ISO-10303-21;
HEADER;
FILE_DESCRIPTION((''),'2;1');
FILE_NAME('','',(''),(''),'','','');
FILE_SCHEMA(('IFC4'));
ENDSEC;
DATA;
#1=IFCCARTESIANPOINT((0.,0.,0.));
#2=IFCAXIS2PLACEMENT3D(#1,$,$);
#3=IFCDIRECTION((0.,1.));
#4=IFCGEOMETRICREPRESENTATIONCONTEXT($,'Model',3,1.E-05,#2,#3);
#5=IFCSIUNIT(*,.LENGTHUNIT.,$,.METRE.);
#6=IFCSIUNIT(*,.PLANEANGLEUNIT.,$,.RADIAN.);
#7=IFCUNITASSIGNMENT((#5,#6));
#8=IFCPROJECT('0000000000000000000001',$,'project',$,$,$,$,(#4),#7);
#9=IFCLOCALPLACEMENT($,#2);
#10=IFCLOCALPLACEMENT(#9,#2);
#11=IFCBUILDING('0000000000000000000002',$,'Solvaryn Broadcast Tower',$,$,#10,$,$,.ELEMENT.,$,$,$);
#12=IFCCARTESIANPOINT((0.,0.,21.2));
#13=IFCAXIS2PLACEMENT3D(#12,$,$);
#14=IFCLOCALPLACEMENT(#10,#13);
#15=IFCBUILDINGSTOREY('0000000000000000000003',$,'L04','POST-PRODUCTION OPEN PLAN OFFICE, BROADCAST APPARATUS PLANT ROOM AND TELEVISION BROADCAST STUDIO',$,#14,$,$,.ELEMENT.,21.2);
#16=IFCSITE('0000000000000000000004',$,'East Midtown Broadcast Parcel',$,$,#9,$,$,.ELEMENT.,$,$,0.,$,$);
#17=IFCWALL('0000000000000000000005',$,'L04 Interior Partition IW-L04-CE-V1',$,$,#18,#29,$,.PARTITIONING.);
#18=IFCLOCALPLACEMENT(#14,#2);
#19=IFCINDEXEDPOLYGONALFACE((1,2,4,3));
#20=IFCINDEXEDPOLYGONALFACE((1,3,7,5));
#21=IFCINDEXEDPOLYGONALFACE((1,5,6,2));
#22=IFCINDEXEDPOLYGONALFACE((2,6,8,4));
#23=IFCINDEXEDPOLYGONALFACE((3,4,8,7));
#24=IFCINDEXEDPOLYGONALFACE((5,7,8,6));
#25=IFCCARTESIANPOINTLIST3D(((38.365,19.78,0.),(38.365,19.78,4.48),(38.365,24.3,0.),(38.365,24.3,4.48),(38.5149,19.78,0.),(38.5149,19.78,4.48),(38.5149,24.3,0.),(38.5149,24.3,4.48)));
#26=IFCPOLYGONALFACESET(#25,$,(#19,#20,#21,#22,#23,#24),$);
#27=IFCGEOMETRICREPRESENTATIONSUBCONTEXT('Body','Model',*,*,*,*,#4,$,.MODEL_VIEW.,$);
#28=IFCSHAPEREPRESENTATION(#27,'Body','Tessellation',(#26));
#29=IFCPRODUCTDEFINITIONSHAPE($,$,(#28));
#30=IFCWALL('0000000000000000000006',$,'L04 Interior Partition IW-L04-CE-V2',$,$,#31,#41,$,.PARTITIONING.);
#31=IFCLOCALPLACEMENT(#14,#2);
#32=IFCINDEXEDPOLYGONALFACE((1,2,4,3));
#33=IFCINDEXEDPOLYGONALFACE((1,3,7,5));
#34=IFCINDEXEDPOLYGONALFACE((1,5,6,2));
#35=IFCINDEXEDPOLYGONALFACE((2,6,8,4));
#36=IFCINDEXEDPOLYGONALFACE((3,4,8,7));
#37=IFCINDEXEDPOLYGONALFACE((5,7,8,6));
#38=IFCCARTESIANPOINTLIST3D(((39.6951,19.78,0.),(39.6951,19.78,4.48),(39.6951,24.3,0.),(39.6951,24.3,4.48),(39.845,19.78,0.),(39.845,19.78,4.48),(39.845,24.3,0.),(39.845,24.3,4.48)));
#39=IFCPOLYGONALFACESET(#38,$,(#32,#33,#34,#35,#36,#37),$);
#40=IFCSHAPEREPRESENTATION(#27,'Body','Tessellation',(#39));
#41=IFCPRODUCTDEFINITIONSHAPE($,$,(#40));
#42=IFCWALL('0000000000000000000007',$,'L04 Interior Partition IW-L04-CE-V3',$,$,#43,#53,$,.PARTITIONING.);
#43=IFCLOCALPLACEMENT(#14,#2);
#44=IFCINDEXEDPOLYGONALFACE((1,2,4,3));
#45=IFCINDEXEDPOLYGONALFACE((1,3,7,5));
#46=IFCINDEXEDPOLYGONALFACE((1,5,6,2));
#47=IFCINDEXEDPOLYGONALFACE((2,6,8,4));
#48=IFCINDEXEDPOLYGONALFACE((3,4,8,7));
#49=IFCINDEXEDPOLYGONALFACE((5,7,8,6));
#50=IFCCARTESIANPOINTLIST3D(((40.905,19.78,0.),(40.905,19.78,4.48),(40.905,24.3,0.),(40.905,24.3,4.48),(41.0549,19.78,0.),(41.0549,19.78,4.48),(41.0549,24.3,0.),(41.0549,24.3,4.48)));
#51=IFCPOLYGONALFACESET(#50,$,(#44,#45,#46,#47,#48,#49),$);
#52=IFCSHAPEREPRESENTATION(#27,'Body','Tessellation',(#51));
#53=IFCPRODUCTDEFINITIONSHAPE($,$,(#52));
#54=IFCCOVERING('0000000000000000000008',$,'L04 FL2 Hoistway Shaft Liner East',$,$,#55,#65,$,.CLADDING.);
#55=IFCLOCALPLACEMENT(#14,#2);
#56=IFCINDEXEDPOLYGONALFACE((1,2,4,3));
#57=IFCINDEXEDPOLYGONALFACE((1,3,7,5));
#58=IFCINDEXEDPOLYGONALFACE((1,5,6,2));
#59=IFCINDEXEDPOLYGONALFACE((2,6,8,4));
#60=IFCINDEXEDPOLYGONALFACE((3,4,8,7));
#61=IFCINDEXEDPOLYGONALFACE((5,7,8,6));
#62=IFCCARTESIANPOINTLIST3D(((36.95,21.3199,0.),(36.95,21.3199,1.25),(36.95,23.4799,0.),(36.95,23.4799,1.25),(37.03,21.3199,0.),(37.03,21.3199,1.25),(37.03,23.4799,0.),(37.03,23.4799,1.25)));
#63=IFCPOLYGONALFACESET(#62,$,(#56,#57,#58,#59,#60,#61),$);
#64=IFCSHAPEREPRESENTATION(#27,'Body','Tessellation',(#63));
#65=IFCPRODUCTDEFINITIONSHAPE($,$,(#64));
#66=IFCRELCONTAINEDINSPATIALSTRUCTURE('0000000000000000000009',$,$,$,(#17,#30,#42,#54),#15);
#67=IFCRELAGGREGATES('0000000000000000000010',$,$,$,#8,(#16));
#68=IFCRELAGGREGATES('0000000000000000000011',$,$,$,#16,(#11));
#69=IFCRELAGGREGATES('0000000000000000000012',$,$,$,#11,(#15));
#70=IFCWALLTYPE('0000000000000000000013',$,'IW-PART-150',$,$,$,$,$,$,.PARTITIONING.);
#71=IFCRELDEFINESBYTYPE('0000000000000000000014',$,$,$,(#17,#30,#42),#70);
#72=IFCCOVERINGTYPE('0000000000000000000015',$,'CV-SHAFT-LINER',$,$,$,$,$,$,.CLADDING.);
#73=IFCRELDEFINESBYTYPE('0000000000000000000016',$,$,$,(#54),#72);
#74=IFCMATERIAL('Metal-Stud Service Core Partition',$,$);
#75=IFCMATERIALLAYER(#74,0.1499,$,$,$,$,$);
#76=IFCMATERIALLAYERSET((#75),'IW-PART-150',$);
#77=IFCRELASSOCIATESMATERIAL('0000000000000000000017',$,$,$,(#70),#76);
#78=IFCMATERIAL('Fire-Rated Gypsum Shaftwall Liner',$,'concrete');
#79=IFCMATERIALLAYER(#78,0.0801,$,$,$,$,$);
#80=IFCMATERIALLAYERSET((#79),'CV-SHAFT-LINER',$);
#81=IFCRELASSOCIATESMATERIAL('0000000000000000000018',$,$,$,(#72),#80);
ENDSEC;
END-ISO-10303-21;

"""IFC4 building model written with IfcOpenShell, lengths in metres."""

from ifc_helpers import new_model, si_unit, direction, frame, frame_2d, origin, origin_2d, place, context, subcontext, project, spatial, rectangle, extrude, material, layer, layer_set, type_object, element, save


model = new_model("IFC4")

# Units and contexts
model_context = context("Model", 3, precision=1e-05, world=origin(), true_north=direction((0.0, 1.0)))
body_context = subcontext(model_context, "Body", "Model", "MODEL_VIEW")
ifc_project = project(units=[si_unit("LENGTHUNIT", "METRE"), si_unit("PLANEANGLEUNIT", "RADIAN")], contexts=[model_context])

# Site, building, storey
site_placement = place(None, origin())
site = spatial("IfcSite", under=ifc_project, at=site_placement, Name="East Midtown Broadcast Parcel", CompositionType="ELEMENT", RefElevation=0.0)
building_placement = place(site_placement, origin())
building = spatial("IfcBuilding", under=site, at=building_placement, Name="Solvaryn Broadcast Tower", CompositionType="ELEMENT")
storey_placement = place(building_placement, frame((0.0, 0.0, 21.2)))
storey = spatial("IfcBuildingStorey", under=building, at=storey_placement, Name="L04", Description="POST-PRODUCTION OPEN PLAN OFFICE, BROADCAST APPARATUS PLANT ROOM AND TELEVISION BROADCAST STUDIO", CompositionType="ELEMENT", Elevation=21.2)

# Walls
ifc_material_1 = material(Name="Metal-Stud Service Core Partition")
ifc_layer_1 = layer(ifc_material_1, 0.1499)
ifc_layer_set_1 = layer_set([ifc_layer_1], Name="IW-PART-150")
wall_type_1 = type_object("IfcWallType", Name="IW-PART-150", PredefinedType="PARTITIONING", material=ifc_layer_set_1)
for number, where, z_axis, x_axis, name in (
    (1, (38.4399, 19.78, 0.0), (0.0, 0.0, 1.0), (0.0, 1.0, 0.0), "L04 Interior Partition IW-L04-CE-V1"),
    (2, (39.77, 19.78, 0.0), (0.0, 0.0, 1.0), (0.0, 1.0, 0.0), "L04 Interior Partition IW-L04-CE-V2"),
    (3, (40.98, 19.78, 0.0), (0.0, 0.0, 1.0), (0.0, 1.0, 0.0), "L04 Interior Partition IW-L04-CE-V3"),
):
    element("IfcWall", number, at=place(storey_placement, frame(where, z_axis=z_axis, x_axis=x_axis)), inside=storey, type_object=wall_type_1, Name=name, PredefinedType="PARTITIONING", context=body_context, shape_type="SweptSolid", body=[
        extrude(rectangle(XDim=4.52, YDim=0.1499, at=frame_2d((2.26, 0.0))), origin(), (0.0, 0.0, 1.0), 4.48),
    ])

# Covering
ifc_material_2 = material(Name="Fire-Rated Gypsum Shaftwall Liner", Category="concrete")
ifc_layer_2 = layer(ifc_material_2, 0.0801)
ifc_layer_set_2 = layer_set([ifc_layer_2], Name="CV-SHAFT-LINER")
covering_type = type_object("IfcCoveringType", Name="CV-SHAFT-LINER", PredefinedType="CLADDING", material=ifc_layer_set_2)
covering_placement = place(storey_placement, frame((36.99, 22.3999, 0.0), z_axis=(0.0, 0.0, 1.0), x_axis=(1.0, 0.0, 0.0)))
element("IfcCovering", 4, at=covering_placement, inside=storey, type_object=covering_type, Name="L04 FL2 Hoistway Shaft Liner East", PredefinedType="CLADDING", context=body_context, shape_type="SweptSolid", body=[
    extrude(rectangle(XDim=0.0801, YDim=2.1599, at=origin_2d()), origin(), (0.0, 0.0, 1.0), 1.25),
])

save(model, "model.ifc")
